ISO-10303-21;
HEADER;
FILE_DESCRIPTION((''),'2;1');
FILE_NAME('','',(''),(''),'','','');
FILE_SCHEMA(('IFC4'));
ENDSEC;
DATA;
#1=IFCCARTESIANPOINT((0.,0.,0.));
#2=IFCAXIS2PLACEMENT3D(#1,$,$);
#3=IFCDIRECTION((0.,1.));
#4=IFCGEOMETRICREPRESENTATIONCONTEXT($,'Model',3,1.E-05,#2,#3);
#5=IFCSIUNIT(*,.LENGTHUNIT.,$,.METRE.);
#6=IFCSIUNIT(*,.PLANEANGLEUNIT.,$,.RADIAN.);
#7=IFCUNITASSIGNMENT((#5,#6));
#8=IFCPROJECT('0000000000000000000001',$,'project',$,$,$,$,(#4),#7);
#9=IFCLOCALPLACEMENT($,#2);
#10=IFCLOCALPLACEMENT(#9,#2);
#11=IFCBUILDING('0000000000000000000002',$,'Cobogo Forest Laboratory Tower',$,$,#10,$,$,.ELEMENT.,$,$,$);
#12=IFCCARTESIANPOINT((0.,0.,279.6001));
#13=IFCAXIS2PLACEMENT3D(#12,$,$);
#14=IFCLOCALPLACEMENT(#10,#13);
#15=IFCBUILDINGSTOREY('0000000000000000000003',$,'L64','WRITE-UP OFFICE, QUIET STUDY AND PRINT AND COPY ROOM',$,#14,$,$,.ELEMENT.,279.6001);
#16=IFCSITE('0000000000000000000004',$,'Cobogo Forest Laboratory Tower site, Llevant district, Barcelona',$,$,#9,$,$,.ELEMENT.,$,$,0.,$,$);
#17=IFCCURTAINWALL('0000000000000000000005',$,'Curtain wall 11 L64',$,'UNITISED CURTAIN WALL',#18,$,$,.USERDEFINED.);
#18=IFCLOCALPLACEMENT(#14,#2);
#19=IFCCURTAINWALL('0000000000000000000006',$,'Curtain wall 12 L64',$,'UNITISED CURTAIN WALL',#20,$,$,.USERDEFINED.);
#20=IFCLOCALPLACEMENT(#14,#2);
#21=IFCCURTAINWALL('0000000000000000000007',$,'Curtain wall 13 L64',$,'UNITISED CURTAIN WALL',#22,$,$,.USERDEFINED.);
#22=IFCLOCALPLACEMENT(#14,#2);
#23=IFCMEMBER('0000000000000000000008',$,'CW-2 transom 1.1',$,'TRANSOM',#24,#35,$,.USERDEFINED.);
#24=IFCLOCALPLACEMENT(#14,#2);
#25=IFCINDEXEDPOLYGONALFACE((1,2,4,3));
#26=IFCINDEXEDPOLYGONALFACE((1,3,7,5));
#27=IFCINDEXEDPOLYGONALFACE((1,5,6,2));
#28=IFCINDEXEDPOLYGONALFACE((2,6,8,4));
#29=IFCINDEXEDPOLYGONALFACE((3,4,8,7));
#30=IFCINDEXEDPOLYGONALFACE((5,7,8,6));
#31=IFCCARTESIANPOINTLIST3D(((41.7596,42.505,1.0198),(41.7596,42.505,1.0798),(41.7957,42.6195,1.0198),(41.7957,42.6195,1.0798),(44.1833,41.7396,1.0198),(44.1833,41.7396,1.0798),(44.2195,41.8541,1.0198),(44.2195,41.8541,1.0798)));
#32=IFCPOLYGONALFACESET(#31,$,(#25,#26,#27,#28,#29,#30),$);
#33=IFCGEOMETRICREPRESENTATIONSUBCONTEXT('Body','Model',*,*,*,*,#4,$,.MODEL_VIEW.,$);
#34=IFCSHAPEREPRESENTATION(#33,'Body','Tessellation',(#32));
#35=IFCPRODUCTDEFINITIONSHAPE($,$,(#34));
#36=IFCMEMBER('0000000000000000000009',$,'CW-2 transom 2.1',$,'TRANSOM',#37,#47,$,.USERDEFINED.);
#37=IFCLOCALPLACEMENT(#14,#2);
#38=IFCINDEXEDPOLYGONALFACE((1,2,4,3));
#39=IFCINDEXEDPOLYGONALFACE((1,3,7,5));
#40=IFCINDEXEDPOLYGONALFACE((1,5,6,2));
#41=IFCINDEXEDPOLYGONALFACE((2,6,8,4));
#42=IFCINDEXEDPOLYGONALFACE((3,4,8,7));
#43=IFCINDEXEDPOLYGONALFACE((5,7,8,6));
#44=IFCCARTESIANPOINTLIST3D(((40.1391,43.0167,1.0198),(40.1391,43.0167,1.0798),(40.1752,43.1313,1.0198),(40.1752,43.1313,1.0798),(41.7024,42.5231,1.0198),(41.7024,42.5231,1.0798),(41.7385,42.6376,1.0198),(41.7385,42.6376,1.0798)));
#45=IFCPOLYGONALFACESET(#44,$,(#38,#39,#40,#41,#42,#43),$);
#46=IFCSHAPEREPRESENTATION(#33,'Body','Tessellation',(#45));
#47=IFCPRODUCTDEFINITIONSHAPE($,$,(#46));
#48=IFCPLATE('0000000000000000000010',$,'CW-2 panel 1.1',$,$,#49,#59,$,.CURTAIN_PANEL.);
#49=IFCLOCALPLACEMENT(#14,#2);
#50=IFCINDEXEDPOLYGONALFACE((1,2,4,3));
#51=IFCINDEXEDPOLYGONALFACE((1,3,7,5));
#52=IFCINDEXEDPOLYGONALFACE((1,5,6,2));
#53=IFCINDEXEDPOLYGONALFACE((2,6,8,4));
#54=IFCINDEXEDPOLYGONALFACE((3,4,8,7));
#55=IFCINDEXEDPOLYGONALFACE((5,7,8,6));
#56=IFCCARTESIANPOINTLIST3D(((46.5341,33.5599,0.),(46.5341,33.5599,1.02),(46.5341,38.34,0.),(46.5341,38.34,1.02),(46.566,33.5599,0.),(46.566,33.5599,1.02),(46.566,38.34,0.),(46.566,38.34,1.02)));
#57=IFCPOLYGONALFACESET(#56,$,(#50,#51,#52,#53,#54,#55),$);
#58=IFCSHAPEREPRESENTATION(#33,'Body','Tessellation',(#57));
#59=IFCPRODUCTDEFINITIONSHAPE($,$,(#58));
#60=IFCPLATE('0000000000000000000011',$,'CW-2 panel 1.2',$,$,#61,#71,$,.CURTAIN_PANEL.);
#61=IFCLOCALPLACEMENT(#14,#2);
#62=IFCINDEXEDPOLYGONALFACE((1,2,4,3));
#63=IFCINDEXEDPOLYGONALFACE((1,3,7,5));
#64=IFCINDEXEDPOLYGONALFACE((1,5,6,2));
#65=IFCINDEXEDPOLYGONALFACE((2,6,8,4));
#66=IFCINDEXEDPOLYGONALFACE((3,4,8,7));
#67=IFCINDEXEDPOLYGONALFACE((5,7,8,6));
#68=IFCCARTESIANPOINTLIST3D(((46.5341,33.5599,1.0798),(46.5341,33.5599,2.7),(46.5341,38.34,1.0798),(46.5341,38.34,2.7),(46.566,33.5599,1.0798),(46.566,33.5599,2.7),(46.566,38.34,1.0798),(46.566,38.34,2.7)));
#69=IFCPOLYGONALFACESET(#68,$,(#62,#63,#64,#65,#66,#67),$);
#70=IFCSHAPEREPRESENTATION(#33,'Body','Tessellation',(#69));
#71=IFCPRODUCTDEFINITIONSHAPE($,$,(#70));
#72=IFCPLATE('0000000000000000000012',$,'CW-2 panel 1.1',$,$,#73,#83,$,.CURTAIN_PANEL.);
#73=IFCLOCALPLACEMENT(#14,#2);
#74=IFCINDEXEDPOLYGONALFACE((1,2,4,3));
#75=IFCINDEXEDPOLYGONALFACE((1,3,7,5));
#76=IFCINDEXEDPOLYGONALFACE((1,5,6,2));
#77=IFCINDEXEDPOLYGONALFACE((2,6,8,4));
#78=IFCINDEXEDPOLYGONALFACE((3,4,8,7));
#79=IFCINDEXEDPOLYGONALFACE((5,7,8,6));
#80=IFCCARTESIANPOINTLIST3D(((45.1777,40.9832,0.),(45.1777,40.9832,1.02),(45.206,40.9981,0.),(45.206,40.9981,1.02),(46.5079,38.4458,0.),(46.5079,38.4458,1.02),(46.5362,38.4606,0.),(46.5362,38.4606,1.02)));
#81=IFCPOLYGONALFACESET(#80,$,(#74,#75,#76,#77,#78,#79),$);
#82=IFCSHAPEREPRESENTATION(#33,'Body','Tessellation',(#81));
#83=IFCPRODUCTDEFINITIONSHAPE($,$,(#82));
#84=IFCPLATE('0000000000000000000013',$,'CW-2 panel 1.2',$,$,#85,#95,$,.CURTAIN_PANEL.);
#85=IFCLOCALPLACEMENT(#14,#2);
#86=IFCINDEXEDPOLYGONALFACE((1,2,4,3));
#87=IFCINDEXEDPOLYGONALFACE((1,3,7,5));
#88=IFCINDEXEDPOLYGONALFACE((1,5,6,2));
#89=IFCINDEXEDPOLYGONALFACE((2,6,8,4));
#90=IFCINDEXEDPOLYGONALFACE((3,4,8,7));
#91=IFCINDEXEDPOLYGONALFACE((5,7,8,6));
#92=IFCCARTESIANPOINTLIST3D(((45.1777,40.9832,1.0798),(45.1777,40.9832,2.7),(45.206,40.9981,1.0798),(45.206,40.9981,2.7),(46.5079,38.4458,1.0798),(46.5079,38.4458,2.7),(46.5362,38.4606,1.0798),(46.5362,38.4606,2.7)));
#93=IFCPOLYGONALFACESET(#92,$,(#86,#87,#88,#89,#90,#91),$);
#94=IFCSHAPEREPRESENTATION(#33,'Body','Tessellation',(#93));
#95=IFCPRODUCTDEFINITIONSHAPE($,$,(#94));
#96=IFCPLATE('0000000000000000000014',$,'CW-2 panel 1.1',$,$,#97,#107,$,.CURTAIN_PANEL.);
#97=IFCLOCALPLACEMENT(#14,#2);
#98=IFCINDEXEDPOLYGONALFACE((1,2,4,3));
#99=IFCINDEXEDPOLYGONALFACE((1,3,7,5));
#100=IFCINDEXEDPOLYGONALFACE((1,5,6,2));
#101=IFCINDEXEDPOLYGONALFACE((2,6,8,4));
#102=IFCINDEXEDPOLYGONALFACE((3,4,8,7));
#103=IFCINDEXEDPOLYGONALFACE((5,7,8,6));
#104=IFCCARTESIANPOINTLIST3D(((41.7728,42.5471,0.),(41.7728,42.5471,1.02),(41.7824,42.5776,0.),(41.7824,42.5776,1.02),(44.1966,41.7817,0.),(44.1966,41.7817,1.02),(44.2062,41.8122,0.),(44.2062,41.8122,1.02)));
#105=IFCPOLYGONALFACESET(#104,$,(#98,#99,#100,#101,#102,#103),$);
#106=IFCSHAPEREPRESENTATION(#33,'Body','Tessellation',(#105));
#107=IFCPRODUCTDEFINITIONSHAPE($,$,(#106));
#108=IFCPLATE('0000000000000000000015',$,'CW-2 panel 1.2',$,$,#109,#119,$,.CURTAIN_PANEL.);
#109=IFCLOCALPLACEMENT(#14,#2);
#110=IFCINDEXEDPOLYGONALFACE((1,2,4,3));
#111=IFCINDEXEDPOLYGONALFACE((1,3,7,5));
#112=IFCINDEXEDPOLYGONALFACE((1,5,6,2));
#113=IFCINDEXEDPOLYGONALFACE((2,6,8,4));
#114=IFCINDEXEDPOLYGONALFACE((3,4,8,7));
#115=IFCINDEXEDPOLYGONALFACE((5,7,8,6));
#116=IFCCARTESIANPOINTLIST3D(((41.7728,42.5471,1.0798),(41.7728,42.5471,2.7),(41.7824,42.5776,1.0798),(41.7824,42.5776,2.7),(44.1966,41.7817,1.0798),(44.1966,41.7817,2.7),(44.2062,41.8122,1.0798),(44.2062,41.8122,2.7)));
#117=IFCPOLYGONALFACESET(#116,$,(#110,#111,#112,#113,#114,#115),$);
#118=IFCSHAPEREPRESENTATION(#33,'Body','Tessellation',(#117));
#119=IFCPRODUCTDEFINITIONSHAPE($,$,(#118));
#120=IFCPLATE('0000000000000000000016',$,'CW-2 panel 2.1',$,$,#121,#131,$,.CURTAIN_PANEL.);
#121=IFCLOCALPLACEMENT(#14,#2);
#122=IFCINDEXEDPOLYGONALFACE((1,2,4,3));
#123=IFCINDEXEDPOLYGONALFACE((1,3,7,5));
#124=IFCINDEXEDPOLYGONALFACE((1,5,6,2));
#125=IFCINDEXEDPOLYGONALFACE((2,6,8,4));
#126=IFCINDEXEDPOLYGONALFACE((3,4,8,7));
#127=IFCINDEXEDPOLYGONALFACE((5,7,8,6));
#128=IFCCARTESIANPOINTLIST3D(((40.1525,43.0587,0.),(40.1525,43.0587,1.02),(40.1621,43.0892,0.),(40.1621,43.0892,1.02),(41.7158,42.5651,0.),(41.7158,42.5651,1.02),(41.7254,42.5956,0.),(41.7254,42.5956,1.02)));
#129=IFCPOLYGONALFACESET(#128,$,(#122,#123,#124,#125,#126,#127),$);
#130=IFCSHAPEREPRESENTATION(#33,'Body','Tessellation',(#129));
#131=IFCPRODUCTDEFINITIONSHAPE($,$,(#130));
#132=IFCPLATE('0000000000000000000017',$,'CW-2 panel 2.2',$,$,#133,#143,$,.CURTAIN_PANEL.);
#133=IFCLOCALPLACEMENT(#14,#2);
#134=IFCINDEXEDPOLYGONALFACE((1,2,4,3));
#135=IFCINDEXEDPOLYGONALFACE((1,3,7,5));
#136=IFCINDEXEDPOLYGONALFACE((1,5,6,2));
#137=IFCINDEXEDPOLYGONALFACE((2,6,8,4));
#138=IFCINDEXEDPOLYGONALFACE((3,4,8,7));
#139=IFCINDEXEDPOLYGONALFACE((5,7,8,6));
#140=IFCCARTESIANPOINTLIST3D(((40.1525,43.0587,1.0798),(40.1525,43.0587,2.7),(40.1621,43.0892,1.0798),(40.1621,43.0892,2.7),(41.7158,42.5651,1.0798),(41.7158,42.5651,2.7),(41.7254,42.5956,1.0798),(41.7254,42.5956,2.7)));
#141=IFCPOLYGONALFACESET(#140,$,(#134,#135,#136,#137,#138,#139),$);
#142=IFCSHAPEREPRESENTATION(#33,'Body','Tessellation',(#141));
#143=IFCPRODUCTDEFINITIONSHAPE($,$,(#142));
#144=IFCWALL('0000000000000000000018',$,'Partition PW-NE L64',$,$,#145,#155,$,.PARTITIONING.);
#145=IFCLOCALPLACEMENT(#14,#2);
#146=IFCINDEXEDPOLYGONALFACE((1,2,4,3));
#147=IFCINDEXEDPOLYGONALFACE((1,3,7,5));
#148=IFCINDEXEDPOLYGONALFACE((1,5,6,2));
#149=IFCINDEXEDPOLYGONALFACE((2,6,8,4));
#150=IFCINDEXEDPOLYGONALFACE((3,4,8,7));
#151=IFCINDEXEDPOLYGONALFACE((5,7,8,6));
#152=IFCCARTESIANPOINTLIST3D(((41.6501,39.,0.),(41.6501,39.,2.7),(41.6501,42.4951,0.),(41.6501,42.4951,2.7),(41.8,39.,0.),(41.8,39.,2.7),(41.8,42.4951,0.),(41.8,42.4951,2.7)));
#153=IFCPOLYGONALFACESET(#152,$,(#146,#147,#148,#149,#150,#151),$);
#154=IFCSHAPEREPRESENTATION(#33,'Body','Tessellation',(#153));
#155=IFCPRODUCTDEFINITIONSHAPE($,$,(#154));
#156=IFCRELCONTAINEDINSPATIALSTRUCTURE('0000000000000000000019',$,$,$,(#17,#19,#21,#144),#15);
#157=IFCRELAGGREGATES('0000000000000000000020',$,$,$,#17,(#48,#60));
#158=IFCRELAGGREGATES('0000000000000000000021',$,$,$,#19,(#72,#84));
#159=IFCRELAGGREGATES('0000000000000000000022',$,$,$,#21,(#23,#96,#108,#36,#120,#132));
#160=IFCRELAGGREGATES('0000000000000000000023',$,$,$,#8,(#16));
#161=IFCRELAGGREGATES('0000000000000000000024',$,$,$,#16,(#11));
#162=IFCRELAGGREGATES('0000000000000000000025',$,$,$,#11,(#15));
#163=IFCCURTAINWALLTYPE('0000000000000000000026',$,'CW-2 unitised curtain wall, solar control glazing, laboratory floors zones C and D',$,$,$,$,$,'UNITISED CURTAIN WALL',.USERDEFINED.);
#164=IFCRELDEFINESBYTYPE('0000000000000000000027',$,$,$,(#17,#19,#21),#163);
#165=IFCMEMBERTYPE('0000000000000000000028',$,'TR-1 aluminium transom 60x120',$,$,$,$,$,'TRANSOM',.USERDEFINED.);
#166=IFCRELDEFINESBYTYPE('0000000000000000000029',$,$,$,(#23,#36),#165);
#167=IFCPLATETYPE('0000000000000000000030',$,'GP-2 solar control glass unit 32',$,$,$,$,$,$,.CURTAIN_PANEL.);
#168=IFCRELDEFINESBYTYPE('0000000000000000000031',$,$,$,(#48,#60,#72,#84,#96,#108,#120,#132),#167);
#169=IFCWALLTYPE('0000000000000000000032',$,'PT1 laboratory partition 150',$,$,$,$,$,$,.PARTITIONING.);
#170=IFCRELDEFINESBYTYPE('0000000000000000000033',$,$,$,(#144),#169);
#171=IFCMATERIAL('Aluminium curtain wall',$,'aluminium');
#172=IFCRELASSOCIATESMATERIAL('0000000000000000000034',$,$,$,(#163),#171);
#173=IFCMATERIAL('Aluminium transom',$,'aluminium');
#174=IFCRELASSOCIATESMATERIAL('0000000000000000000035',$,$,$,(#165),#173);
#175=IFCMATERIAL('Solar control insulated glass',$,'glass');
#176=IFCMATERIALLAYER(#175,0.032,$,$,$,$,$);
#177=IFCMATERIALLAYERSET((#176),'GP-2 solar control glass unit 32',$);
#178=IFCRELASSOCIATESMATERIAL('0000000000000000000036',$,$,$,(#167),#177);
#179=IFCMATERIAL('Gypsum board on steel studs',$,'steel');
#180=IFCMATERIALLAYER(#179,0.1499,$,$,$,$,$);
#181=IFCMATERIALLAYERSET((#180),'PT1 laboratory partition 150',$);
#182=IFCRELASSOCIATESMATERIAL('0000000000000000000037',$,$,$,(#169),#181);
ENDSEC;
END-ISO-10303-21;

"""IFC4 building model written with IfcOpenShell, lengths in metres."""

from ifc_helpers import new_model, si_unit, direction, frame, frame_2d, origin, origin_2d, place, context, subcontext, project, spatial, rectangle, extrude, material, layer, layer_set, material_profile, profile_set, type_object, element, aggregate, save


model = new_model("IFC4")

# Units and contexts
model_context = context("Model", 3, precision=1e-05, world=origin(), true_north=direction((0.0, 1.0)))
body_context = subcontext(model_context, "Body", "Model", "MODEL_VIEW")
ifc_project = project(units=[si_unit("LENGTHUNIT", "METRE"), si_unit("PLANEANGLEUNIT", "RADIAN")], contexts=[model_context])

# Site, building, storey
site_placement = place(None, origin())
site = spatial("IfcSite", under=ifc_project, at=site_placement, Name="Cobogo Forest Laboratory Tower site, Llevant district, Barcelona", CompositionType="ELEMENT", RefElevation=0.0)
building_placement = place(site_placement, origin())
building = spatial("IfcBuilding", under=site, at=building_placement, Name="Cobogo Forest Laboratory Tower", CompositionType="ELEMENT")
storey_placement = place(building_placement, frame((0.0, 0.0, 279.6001)))
storey = spatial("IfcBuildingStorey", under=building, at=storey_placement, Name="L64", Description="WRITE-UP OFFICE, QUIET STUDY AND PRINT AND COPY ROOM", CompositionType="ELEMENT", Elevation=279.6001)

# Curtain walls
ifc_material_1 = material(Name="Aluminium curtain wall", Category="aluminium")
curtain_wall_type = type_object("IfcCurtainWallType", Name="CW-2 unitised curtain wall, solar control glazing, laboratory floors zones C and D", ElementType="UNITISED CURTAIN WALL", PredefinedType="USERDEFINED", material=ifc_material_1)
curtain_wall_1_placement = place(storey_placement, origin())
curtain_wall_1 = element("IfcCurtainWall", 1, at=curtain_wall_1_placement, inside=storey, type_object=curtain_wall_type, Name="Curtain wall 11 L64", ObjectType="UNITISED CURTAIN WALL", PredefinedType="USERDEFINED")
curtain_wall_2_placement = place(storey_placement, origin())
curtain_wall_2 = element("IfcCurtainWall", 2, at=curtain_wall_2_placement, inside=storey, type_object=curtain_wall_type, Name="Curtain wall 12 L64", ObjectType="UNITISED CURTAIN WALL", PredefinedType="USERDEFINED")
curtain_wall_3_placement = place(storey_placement, origin())
curtain_wall_3 = element("IfcCurtainWall", 3, at=curtain_wall_3_placement, inside=storey, type_object=curtain_wall_type, Name="Curtain wall 13 L64", ObjectType="UNITISED CURTAIN WALL", PredefinedType="USERDEFINED")

# Members
ifc_material_2 = material(Name="Aluminium transom", Category="aluminium")
ifc_material_profile_1 = material_profile(ifc_material_2, rectangle(XDim=0.1201, YDim=0.0601, at=origin_2d()), Name="AL 60x120")
ifc_profile_set_1 = profile_set([ifc_material_profile_1], Name="Aluminium transom")
member_type_1 = type_object("IfcMemberType", Name="TR-1 aluminium transom 60x120", ElementType="TRANSOM", PredefinedType="USERDEFINED", material=ifc_profile_set_1)
member_1_placement = place(storey_placement, frame((44.2014, 41.7969, 1.0498), z_axis=(-0.953587, 0.301118, 0.0), x_axis=(-0.301118, -0.953587, 0.0)))
member_1 = element("IfcMember", 4, at=member_1_placement, type_object=member_type_1, Name="CW-2 transom 1.1", ObjectType="TRANSOM", PredefinedType="USERDEFINED", context=body_context, shape_type="SweptSolid", body=[
    extrude(rectangle(XDim=0.1201, YDim=0.0601, at=origin_2d()), origin(), (0.0, 0.0, 1.0), 2.5417),
])
member_2_placement = place(storey_placement, frame((41.7205, 42.5803, 1.0498), z_axis=(-0.953583, 0.301131, 0.0), x_axis=(-0.301131, -0.953583, 0.0)))
member_2 = element("IfcMember", 5, at=member_2_placement, type_object=member_type_1, Name="CW-2 transom 2.1", ObjectType="TRANSOM", PredefinedType="USERDEFINED", context=body_context, shape_type="SweptSolid", body=[
    extrude(rectangle(XDim=0.1201, YDim=0.0601, at=origin_2d()), origin(), (0.0, 0.0, 1.0), 1.6394),
])

# Plates
ifc_material_3 = material(Name="Solar control insulated glass", Category="glass")
ifc_layer_1 = layer(ifc_material_3, 0.032)
ifc_layer_set_1 = layer_set([ifc_layer_1], Name="GP-2 solar control glass unit 32")
plate_type = type_object("IfcPlateType", Name="GP-2 solar control glass unit 32", PredefinedType="CURTAIN_PANEL", material=ifc_layer_set_1)
plate_1_placement = place(storey_placement, frame((46.55, 35.95, 0.0), z_axis=(0.0, 0.0, 1.0), x_axis=(0.0, 1.0, 0.0)))
plate_1 = element("IfcPlate", 6, at=plate_1_placement, type_object=plate_type, Name="CW-2 panel 1.1", PredefinedType="CURTAIN_PANEL", context=body_context, shape_type="SweptSolid", body=[
    extrude(rectangle(XDim=4.78, YDim=0.032, at=origin_2d()), origin(), (0.0, 0.0, 1.0), 1.02),
])
plate_2_placement = place(storey_placement, frame((46.55, 35.95, 1.0798), z_axis=(0.0, 0.0, 1.0), x_axis=(0.0, 1.0, 0.0)))
plate_2 = element("IfcPlate", 7, at=plate_2_placement, type_object=plate_type, Name="CW-2 panel 1.2", PredefinedType="CURTAIN_PANEL", context=body_context, shape_type="SweptSolid", body=[
    extrude(rectangle(XDim=4.78, YDim=0.032, at=origin_2d()), origin(), (0.0, 0.0, 1.0), 1.6201),
])
aggregate(curtain_wall_1, [plate_1, plate_2])
plate_3_placement = place(storey_placement, frame((45.8569, 39.7219, 0.0), z_axis=(0.0, 0.0, 1.0), x_axis=(-0.464284, 0.885686, 0.0)))
plate_3 = element("IfcPlate", 8, at=plate_3_placement, type_object=plate_type, Name="CW-2 panel 1.1", PredefinedType="CURTAIN_PANEL", context=body_context, shape_type="SweptSolid", body=[
    extrude(rectangle(XDim=2.865, YDim=0.032, at=origin_2d()), origin(), (0.0, 0.0, 1.0), 1.02),
])
plate_4_placement = place(storey_placement, frame((45.8569, 39.7219, 1.0798), z_axis=(0.0, 0.0, 1.0), x_axis=(-0.464284, 0.885686, 0.0)))
plate_4 = element("IfcPlate", 9, at=plate_4_placement, type_object=plate_type, Name="CW-2 panel 1.2", PredefinedType="CURTAIN_PANEL", context=body_context, shape_type="SweptSolid", body=[
    extrude(rectangle(XDim=2.865, YDim=0.032, at=origin_2d()), origin(), (0.0, 0.0, 1.0), 1.6201),
])
aggregate(curtain_wall_2, [plate_3, plate_4])
plate_5_placement = place(storey_placement, frame((42.9895, 42.1797, 0.0), z_axis=(0.0, 0.0, 1.0), x_axis=(-0.953581, 0.301135, 0.0)))
plate_5 = element("IfcPlate", 10, at=plate_5_placement, type_object=plate_type, Name="CW-2 panel 1.1", PredefinedType="CURTAIN_PANEL", context=body_context, shape_type="SweptSolid", body=[
    extrude(rectangle(XDim=2.5417, YDim=0.032, at=origin_2d()), origin(), (0.0, 0.0, 1.0), 1.02),
])
plate_6_placement = place(storey_placement, frame((42.9895, 42.1797, 1.0798), z_axis=(0.0, 0.0, 1.0), x_axis=(-0.953581, 0.301135, 0.0)))
plate_6 = element("IfcPlate", 11, at=plate_6_placement, type_object=plate_type, Name="CW-2 panel 1.2", PredefinedType="CURTAIN_PANEL", context=body_context, shape_type="SweptSolid", body=[
    extrude(rectangle(XDim=2.5417, YDim=0.032, at=origin_2d()), origin(), (0.0, 0.0, 1.0), 1.6201),
])
plate_7_placement = place(storey_placement, frame((40.939, 42.8271, 0.0), z_axis=(0.0, 0.0, 1.0), x_axis=(-0.953581, 0.301135, 0.0)))
plate_7 = element("IfcPlate", 12, at=plate_7_placement, type_object=plate_type, Name="CW-2 panel 2.1", PredefinedType="CURTAIN_PANEL", context=body_context, shape_type="SweptSolid", body=[
    extrude(rectangle(XDim=1.6394, YDim=0.032, at=origin_2d()), origin(), (0.0, 0.0, 1.0), 1.02),
])
plate_8_placement = place(storey_placement, frame((40.939, 42.8271, 1.0798), z_axis=(0.0, 0.0, 1.0), x_axis=(-0.953581, 0.301135, 0.0)))
plate_8 = element("IfcPlate", 13, at=plate_8_placement, type_object=plate_type, Name="CW-2 panel 2.2", PredefinedType="CURTAIN_PANEL", context=body_context, shape_type="SweptSolid", body=[
    extrude(rectangle(XDim=1.6394, YDim=0.032, at=origin_2d()), origin(), (0.0, 0.0, 1.0), 1.6201),
])
aggregate(curtain_wall_3, [member_1, plate_5, plate_6, member_2, plate_7, plate_8])

# Wall
ifc_material_4 = material(Name="Gypsum board on steel studs", Category="steel")
ifc_layer_2 = layer(ifc_material_4, 0.1499)
ifc_layer_set_2 = layer_set([ifc_layer_2], Name="PT1 laboratory partition 150")
wall_type = type_object("IfcWallType", Name="PT1 laboratory partition 150", PredefinedType="PARTITIONING", material=ifc_layer_set_2)
wall_placement = place(storey_placement, frame((41.7251, 42.4951, 0.0), z_axis=(0.0, 0.0, 1.0), x_axis=(0.0, -1.0, 0.0)))
element("IfcWall", 14, at=wall_placement, inside=storey, type_object=wall_type, Name="Partition PW-NE L64", PredefinedType="PARTITIONING", context=body_context, shape_type="SweptSolid", body=[
    extrude(rectangle(XDim=3.4951, YDim=0.1499, at=frame_2d((1.7476, 0.0))), origin(), (0.0, 0.0, 1.0), 2.7),
])

save(model, "model.ifc")
